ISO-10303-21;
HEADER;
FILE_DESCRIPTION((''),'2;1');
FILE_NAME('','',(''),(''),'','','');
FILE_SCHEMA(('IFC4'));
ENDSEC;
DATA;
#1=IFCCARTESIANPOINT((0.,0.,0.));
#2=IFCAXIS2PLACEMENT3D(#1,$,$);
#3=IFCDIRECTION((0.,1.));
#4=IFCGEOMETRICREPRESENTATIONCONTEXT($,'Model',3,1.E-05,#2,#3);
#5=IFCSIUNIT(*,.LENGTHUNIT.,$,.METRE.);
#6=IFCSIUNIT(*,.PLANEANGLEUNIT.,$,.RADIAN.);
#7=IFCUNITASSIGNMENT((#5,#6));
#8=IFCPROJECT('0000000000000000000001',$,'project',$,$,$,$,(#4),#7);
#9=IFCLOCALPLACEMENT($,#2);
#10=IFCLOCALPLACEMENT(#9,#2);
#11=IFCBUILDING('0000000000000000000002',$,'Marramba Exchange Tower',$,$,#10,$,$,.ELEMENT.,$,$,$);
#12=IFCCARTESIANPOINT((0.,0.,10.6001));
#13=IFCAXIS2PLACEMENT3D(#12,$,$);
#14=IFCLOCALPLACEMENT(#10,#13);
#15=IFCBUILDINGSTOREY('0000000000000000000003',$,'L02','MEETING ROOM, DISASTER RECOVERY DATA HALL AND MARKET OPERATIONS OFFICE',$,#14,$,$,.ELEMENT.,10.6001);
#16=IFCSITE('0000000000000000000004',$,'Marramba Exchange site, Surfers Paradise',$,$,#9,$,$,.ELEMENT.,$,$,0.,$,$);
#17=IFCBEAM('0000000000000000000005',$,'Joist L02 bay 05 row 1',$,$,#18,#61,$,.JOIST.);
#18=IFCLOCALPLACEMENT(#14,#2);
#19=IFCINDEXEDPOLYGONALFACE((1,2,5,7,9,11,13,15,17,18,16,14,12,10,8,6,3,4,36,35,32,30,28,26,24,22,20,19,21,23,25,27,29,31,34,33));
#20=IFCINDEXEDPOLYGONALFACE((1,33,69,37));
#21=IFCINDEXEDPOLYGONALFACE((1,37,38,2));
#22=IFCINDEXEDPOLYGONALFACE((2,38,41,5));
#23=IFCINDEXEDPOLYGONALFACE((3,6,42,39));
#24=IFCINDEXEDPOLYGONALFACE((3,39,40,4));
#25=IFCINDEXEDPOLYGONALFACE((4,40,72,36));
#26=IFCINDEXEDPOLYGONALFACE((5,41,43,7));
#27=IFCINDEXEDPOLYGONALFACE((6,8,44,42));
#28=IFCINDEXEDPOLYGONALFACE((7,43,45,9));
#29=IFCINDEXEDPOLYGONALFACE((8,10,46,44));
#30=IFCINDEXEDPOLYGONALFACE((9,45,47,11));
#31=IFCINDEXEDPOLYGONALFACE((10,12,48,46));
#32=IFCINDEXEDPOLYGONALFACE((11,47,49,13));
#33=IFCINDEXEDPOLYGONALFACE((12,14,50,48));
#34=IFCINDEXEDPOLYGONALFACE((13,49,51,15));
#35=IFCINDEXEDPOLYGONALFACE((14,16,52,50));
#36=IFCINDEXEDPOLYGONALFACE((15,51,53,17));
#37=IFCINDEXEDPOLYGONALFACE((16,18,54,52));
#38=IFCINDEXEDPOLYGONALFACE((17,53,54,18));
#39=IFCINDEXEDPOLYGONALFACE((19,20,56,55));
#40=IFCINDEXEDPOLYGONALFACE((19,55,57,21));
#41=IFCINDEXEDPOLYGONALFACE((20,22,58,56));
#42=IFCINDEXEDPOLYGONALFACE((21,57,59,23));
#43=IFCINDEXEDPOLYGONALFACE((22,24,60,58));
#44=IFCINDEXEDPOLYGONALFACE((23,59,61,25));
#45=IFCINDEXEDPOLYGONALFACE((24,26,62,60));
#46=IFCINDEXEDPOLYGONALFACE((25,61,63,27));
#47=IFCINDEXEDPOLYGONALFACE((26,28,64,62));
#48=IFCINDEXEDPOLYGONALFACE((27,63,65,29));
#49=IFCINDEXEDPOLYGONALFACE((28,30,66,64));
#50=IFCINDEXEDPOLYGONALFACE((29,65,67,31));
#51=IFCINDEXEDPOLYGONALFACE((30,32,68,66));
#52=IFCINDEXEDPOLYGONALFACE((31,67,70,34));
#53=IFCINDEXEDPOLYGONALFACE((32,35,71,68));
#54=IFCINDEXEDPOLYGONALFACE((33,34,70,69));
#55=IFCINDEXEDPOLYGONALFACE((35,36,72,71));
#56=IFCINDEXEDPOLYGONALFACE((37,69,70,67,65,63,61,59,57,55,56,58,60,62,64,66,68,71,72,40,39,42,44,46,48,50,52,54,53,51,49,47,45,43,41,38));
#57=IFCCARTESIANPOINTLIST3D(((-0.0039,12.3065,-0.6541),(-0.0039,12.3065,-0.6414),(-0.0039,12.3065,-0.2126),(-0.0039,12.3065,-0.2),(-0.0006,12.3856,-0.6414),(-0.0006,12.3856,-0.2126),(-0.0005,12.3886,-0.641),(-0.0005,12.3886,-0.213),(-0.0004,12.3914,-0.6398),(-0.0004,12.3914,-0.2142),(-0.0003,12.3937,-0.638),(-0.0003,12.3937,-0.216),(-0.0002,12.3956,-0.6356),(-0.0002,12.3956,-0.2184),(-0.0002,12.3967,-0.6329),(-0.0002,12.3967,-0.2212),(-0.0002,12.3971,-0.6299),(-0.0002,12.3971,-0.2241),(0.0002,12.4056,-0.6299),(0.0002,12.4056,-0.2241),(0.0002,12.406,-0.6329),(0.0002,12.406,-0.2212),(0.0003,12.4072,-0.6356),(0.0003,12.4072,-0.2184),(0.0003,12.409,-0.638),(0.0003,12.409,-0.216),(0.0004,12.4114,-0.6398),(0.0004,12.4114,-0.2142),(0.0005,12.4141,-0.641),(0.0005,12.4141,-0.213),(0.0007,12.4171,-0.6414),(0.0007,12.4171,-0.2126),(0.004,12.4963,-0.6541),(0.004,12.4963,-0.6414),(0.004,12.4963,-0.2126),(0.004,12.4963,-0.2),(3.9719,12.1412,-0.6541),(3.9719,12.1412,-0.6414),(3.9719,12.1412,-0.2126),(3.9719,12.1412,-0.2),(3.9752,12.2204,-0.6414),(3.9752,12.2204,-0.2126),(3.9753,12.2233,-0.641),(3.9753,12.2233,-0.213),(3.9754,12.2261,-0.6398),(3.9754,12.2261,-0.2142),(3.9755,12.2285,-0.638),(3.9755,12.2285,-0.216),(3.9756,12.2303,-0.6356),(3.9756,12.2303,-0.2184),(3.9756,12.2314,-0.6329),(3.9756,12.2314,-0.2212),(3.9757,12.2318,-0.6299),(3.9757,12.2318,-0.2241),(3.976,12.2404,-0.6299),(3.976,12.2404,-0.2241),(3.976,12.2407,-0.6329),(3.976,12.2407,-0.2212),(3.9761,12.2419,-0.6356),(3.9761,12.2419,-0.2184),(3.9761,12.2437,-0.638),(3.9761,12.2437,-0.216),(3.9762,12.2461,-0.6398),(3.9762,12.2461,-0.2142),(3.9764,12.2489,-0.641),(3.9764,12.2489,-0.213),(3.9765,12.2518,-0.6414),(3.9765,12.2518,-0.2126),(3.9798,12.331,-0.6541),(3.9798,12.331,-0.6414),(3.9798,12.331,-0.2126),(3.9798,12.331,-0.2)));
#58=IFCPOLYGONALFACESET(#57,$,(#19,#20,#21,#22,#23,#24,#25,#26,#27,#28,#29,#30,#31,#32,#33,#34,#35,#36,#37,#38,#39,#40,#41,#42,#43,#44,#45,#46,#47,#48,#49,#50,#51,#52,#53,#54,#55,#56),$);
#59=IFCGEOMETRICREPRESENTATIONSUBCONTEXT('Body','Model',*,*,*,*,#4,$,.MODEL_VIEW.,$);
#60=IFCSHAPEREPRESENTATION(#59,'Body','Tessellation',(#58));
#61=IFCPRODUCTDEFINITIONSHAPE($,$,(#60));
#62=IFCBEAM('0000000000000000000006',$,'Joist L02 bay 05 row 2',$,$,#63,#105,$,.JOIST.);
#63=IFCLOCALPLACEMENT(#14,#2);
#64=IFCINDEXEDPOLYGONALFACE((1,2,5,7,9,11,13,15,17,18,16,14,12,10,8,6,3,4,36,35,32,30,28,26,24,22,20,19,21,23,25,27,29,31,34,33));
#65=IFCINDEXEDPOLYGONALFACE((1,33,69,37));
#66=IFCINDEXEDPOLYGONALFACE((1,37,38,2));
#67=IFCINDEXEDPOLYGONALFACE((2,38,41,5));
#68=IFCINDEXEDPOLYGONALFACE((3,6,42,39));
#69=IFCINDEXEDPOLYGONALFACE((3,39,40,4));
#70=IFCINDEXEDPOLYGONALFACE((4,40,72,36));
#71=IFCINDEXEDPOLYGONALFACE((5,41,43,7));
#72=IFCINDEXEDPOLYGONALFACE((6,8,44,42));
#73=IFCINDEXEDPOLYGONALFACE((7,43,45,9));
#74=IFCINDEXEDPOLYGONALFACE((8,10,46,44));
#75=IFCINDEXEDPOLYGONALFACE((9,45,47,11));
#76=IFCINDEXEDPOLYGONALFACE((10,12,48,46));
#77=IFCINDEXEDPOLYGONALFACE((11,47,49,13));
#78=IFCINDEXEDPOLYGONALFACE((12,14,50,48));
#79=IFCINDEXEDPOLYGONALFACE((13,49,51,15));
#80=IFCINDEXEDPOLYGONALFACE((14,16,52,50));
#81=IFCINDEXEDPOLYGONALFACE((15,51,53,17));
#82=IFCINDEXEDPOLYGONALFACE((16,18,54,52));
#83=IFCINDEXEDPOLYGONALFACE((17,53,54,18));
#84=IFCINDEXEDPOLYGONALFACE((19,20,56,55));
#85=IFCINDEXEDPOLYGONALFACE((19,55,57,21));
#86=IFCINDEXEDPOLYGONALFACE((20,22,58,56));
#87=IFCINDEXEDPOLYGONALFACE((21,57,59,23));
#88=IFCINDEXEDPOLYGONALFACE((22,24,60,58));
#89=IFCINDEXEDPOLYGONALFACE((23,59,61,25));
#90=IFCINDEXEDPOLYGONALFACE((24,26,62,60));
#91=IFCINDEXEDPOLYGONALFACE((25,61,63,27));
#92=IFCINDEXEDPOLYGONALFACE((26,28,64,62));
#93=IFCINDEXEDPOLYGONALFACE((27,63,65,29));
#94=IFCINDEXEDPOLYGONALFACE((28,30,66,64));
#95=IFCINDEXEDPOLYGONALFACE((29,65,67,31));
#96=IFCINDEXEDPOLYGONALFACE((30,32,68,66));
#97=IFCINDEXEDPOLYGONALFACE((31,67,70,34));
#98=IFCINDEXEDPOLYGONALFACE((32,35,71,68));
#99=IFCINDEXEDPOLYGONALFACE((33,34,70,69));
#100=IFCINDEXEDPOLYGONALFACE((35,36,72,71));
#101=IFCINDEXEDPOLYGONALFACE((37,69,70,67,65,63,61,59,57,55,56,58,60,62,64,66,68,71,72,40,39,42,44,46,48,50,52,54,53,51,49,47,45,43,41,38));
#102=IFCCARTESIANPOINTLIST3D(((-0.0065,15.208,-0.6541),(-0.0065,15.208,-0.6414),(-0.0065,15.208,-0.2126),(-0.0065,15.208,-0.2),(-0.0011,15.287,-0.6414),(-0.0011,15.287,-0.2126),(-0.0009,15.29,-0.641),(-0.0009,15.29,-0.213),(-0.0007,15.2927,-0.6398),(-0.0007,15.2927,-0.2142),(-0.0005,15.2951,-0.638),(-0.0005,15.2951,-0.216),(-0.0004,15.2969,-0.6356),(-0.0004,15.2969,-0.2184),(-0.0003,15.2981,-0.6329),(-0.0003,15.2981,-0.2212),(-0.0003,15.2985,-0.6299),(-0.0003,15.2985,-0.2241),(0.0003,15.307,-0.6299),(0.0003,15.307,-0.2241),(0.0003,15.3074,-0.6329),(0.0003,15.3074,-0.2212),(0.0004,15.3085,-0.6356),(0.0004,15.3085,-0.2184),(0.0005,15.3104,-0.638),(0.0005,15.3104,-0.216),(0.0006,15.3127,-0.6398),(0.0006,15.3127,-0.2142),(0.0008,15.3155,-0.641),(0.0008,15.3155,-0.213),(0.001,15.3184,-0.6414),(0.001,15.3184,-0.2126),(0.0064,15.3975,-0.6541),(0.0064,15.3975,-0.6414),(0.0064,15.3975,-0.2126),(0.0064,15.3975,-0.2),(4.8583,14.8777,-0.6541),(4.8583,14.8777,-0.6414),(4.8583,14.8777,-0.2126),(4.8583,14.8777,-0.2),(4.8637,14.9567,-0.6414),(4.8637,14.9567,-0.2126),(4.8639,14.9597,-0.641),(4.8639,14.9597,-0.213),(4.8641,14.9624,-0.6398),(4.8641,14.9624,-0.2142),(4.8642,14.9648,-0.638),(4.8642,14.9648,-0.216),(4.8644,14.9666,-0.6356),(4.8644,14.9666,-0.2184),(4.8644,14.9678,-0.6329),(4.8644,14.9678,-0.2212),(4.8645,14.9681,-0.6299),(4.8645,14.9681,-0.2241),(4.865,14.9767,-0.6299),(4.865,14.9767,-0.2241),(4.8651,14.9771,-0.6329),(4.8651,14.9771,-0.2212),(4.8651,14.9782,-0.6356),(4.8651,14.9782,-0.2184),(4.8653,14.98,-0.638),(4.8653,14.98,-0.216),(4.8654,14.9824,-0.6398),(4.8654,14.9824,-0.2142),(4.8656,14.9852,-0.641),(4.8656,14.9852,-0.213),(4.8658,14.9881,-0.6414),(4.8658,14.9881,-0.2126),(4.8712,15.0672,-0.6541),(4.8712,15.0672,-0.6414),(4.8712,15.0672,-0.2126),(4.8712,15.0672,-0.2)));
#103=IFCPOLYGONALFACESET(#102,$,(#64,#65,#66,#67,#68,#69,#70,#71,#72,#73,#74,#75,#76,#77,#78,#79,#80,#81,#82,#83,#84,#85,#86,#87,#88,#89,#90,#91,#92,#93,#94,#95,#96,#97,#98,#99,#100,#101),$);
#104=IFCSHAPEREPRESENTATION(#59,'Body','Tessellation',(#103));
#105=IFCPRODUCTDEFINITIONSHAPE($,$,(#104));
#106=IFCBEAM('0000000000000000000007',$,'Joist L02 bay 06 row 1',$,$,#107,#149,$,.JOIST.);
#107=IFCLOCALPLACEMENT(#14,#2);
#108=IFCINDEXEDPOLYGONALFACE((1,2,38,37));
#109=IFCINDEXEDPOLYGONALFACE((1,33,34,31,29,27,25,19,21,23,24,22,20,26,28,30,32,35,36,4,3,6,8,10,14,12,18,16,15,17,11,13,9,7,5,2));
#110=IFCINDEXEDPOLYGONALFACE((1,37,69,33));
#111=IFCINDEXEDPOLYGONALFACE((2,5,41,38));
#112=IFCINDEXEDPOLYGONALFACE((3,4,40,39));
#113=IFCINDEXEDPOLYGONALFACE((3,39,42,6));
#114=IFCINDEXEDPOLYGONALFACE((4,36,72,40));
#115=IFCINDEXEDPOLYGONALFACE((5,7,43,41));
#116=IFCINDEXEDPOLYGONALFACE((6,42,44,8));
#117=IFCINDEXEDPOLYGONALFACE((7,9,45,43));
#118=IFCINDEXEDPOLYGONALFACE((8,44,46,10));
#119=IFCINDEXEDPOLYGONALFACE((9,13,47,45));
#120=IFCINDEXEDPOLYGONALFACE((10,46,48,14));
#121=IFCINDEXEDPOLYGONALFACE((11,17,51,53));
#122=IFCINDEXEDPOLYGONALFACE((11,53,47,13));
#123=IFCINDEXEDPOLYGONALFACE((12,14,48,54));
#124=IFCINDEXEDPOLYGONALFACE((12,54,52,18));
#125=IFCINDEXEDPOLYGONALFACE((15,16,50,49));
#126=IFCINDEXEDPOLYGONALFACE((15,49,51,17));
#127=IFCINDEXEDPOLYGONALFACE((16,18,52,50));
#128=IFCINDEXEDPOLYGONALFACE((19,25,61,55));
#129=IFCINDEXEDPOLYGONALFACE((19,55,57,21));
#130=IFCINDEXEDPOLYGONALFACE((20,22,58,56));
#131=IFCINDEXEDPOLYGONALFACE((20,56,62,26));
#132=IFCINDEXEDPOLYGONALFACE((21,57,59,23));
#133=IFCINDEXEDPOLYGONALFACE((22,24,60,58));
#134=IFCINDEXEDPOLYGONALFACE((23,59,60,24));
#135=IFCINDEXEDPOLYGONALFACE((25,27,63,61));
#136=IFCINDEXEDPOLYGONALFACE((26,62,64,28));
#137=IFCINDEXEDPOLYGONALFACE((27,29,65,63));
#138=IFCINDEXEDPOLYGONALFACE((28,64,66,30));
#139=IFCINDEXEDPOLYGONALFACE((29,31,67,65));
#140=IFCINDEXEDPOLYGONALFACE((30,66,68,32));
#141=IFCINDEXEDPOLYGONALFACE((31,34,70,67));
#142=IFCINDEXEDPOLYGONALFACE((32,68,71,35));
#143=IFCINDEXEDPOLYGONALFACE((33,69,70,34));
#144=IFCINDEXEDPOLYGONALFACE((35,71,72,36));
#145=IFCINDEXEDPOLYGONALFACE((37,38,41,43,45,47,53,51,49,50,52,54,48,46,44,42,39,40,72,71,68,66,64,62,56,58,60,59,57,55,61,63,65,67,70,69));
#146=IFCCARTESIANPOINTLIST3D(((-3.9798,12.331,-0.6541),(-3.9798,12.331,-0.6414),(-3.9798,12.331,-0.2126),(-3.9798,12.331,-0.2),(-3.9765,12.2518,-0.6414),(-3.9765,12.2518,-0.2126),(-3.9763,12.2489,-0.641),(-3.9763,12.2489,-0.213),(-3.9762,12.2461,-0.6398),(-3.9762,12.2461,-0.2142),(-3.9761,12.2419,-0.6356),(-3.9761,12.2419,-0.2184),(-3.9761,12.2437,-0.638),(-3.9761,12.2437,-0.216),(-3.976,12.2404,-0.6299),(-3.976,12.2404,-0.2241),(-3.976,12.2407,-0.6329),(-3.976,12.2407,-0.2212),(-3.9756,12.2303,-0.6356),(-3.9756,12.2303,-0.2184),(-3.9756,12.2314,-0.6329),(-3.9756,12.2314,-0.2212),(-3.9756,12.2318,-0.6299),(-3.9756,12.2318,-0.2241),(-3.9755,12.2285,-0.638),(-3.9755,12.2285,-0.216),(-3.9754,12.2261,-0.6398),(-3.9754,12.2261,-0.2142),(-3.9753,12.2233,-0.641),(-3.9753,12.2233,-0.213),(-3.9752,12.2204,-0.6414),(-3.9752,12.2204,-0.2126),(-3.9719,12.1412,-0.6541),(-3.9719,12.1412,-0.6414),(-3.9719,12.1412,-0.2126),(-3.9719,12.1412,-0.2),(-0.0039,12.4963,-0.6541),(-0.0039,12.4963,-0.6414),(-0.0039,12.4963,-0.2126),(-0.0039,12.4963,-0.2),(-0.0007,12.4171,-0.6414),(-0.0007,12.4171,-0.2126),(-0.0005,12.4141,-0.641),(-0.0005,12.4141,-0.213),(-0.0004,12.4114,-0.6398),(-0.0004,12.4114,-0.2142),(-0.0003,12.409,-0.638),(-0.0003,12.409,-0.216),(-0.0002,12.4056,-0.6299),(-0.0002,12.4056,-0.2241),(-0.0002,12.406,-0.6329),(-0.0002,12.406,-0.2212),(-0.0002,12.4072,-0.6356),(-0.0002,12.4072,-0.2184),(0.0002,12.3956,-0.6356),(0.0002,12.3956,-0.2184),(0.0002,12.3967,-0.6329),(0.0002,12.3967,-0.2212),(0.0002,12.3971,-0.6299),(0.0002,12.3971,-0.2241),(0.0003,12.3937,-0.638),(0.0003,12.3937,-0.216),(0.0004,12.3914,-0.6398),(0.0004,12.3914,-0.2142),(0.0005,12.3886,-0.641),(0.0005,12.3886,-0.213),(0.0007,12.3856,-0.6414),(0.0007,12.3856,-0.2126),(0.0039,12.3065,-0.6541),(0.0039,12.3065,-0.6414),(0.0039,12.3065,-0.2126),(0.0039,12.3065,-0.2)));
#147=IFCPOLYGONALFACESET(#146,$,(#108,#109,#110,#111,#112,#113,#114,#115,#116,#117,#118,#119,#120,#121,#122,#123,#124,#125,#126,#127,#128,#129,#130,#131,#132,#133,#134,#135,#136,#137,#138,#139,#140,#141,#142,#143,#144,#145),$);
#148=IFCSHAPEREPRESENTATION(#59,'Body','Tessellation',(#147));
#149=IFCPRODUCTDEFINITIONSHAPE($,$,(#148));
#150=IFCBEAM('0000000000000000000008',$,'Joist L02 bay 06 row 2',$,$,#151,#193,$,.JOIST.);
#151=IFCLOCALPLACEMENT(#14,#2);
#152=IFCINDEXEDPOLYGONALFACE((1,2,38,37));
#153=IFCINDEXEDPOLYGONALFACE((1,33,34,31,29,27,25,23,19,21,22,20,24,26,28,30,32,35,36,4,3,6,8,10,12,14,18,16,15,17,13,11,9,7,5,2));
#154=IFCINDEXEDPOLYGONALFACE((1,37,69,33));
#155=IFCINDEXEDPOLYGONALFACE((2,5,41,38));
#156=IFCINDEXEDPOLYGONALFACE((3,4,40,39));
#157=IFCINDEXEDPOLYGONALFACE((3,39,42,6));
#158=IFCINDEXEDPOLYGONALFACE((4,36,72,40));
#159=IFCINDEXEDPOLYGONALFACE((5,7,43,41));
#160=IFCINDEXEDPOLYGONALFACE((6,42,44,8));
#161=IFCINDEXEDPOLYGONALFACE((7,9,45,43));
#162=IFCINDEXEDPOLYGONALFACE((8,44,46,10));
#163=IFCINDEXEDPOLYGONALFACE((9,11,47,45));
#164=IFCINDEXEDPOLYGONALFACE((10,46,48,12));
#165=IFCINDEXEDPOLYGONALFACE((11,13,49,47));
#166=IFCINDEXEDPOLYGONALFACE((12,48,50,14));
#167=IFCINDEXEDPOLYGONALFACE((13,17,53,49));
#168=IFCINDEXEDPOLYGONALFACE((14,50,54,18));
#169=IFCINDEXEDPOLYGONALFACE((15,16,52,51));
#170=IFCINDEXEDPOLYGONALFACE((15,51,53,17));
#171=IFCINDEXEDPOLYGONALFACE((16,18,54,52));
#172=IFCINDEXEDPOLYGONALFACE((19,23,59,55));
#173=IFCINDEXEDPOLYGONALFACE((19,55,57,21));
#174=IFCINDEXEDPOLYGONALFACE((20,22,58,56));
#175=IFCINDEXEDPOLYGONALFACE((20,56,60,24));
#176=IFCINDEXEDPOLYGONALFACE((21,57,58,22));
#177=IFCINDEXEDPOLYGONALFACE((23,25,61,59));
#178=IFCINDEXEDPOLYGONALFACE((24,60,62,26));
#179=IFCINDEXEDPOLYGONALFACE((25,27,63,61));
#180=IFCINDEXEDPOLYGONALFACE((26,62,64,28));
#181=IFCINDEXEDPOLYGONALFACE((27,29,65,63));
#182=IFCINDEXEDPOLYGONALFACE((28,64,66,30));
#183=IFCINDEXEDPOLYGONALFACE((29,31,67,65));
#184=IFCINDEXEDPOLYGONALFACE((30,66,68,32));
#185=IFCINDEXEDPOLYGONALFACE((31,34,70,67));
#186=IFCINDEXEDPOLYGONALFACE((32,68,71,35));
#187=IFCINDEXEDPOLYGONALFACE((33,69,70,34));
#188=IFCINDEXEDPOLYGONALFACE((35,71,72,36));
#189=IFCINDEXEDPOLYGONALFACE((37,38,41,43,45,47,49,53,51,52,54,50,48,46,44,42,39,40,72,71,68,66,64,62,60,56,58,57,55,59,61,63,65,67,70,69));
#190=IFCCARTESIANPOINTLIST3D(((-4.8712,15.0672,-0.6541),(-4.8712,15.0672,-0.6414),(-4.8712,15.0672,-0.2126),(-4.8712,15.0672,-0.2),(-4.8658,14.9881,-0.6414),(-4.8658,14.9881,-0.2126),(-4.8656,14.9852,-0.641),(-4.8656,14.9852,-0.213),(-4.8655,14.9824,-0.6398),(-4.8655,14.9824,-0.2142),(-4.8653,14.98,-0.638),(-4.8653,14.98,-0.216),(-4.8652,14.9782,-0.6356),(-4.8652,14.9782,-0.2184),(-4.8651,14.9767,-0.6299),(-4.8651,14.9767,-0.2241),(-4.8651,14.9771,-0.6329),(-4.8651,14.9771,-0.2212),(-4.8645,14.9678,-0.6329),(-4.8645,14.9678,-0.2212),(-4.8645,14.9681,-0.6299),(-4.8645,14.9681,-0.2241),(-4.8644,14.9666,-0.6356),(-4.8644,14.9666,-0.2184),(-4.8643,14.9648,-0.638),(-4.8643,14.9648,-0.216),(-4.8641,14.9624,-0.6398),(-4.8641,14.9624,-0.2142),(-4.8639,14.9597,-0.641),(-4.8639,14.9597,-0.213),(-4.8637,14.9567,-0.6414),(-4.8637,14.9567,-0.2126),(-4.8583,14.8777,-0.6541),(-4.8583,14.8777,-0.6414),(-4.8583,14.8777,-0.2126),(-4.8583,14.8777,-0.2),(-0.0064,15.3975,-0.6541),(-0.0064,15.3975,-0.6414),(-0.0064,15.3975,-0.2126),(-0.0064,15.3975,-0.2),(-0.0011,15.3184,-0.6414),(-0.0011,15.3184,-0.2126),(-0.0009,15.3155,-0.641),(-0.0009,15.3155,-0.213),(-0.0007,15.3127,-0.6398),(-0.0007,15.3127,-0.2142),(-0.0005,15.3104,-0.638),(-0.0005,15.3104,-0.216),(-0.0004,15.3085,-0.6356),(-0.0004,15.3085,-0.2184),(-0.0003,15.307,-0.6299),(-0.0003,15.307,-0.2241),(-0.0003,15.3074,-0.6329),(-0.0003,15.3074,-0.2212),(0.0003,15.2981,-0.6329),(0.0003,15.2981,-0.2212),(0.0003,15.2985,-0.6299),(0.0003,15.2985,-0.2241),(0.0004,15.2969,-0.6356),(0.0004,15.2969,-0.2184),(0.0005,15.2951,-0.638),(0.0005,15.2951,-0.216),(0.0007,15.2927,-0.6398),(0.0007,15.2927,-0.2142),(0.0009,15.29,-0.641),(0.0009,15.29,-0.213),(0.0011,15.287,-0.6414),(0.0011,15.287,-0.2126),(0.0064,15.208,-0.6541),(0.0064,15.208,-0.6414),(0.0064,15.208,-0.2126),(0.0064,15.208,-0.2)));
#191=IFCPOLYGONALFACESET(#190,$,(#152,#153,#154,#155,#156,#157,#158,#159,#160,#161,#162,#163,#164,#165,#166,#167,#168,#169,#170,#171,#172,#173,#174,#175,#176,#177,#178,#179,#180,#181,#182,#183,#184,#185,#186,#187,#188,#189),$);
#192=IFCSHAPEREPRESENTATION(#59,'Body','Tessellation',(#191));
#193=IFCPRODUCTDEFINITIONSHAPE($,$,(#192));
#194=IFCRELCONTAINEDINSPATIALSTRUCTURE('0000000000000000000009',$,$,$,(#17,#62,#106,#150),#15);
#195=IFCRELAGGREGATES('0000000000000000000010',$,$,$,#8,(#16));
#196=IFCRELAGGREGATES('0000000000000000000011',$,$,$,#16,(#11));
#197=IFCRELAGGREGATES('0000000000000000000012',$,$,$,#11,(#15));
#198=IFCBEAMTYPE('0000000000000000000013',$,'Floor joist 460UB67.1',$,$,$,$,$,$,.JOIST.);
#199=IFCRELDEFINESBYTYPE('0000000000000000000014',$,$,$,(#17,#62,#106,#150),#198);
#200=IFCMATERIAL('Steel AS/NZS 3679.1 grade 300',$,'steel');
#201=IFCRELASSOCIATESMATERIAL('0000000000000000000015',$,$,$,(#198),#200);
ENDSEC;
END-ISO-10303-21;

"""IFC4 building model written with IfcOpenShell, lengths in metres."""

from ifc_helpers import new_model, si_unit, direction, frame, origin, origin_2d, place, context, subcontext, project, spatial, i_section, extrude, material, material_profile, profile_set, type_object, element, save


model = new_model("IFC4")

# Units and contexts
model_context = context("Model", 3, precision=1e-05, world=origin(), true_north=direction((0.0, 1.0)))
body_context = subcontext(model_context, "Body", "Model", "MODEL_VIEW")
ifc_project = project(units=[si_unit("LENGTHUNIT", "METRE"), si_unit("PLANEANGLEUNIT", "RADIAN")], contexts=[model_context])

# Site, building, storey
site_placement = place(None, origin())
site = spatial("IfcSite", under=ifc_project, at=site_placement, Name="Marramba Exchange site, Surfers Paradise", CompositionType="ELEMENT", RefElevation=0.0)
building_placement = place(site_placement, origin())
building = spatial("IfcBuilding", under=site, at=building_placement, Name="Marramba Exchange Tower", CompositionType="ELEMENT")
storey_placement = place(building_placement, frame((0.0, 0.0, 10.6001)))
storey = spatial("IfcBuildingStorey", under=building, at=storey_placement, Name="L02", Description="MEETING ROOM, DISASTER RECOVERY DATA HALL AND MARKET OPERATIONS OFFICE", CompositionType="ELEMENT", Elevation=10.6001)

# Beams
ifc_material_1 = material(Name="Steel AS/NZS 3679.1 grade 300", Category="steel")
ifc_material_profile_1 = material_profile(ifc_material_1, i_section(OverallWidth=0.1899, OverallDepth=0.4541, WebThickness=0.0085, FlangeThickness=0.0127, FilletRadius=0.0115, at=origin_2d()), Name="460UB67.1")
ifc_profile_set_1 = profile_set([ifc_material_profile_1], Name="Steel AS/NZS 3679.1 grade 300")
beam_type_1 = type_object("IfcBeamType", Name="Floor joist 460UB67.1", PredefinedType="JOIST", material=ifc_profile_set_1)
beam_1_placement = place(storey_placement, frame((3.9758, 12.2361, -0.427), z_axis=(-0.999137, 0.041536, 0.0), x_axis=(-0.041536, -0.999137, 0.0)))
element("IfcBeam", 1, at=beam_1_placement, inside=storey, type_object=beam_type_1, Name="Joist L02 bay 05 row 1", PredefinedType="JOIST", context=body_context, shape_type="SweptSolid", body=[
    extrude(i_section(OverallWidth=0.1899, OverallDepth=0.4541, WebThickness=0.0085, FlangeThickness=0.0127, FilletRadius=0.0115, at=origin_2d()), origin(), (0.0, 0.0, 1.0), 3.9792),
])
beam_2_placement = place(storey_placement, frame((4.8647, 14.9724, -0.427), z_axis=(-0.997703, 0.067745, 0.0), x_axis=(-0.067745, -0.997703, 0.0)))
element("IfcBeam", 2, at=beam_2_placement, inside=storey, type_object=beam_type_1, Name="Joist L02 bay 05 row 2", PredefinedType="JOIST", context=body_context, shape_type="SweptSolid", body=[
    extrude(i_section(OverallWidth=0.1899, OverallDepth=0.4541, WebThickness=0.0085, FlangeThickness=0.0127, FilletRadius=0.0115, at=origin_2d()), origin(), (0.0, 0.0, 1.0), 4.876),
])
beam_3_placement = place(storey_placement, frame((0.0, 12.4014, -0.427), z_axis=(-0.999137, -0.041536, 0.0), x_axis=(0.041536, -0.999137, 0.0)))
element("IfcBeam", 3, at=beam_3_placement, inside=storey, type_object=beam_type_1, Name="Joist L02 bay 06 row 1", PredefinedType="JOIST", context=body_context, shape_type="SweptSolid", body=[
    extrude(i_section(OverallWidth=0.1899, OverallDepth=0.4541, WebThickness=0.0085, FlangeThickness=0.0127, FilletRadius=0.0115, at=origin_2d()), origin(), (0.0, 0.0, 1.0), 3.9792),
])
beam_4_placement = place(storey_placement, frame((0.0, 15.3027, -0.427), z_axis=(-0.997703, -0.067745, 0.0), x_axis=(0.067745, -0.997703, 0.0)))
element("IfcBeam", 4, at=beam_4_placement, inside=storey, type_object=beam_type_1, Name="Joist L02 bay 06 row 2", PredefinedType="JOIST", context=body_context, shape_type="SweptSolid", body=[
    extrude(i_section(OverallWidth=0.1899, OverallDepth=0.4541, WebThickness=0.0085, FlangeThickness=0.0127, FilletRadius=0.0115, at=origin_2d()), origin(), (0.0, 0.0, 1.0), 4.876),
])

save(model, "model.ifc")
